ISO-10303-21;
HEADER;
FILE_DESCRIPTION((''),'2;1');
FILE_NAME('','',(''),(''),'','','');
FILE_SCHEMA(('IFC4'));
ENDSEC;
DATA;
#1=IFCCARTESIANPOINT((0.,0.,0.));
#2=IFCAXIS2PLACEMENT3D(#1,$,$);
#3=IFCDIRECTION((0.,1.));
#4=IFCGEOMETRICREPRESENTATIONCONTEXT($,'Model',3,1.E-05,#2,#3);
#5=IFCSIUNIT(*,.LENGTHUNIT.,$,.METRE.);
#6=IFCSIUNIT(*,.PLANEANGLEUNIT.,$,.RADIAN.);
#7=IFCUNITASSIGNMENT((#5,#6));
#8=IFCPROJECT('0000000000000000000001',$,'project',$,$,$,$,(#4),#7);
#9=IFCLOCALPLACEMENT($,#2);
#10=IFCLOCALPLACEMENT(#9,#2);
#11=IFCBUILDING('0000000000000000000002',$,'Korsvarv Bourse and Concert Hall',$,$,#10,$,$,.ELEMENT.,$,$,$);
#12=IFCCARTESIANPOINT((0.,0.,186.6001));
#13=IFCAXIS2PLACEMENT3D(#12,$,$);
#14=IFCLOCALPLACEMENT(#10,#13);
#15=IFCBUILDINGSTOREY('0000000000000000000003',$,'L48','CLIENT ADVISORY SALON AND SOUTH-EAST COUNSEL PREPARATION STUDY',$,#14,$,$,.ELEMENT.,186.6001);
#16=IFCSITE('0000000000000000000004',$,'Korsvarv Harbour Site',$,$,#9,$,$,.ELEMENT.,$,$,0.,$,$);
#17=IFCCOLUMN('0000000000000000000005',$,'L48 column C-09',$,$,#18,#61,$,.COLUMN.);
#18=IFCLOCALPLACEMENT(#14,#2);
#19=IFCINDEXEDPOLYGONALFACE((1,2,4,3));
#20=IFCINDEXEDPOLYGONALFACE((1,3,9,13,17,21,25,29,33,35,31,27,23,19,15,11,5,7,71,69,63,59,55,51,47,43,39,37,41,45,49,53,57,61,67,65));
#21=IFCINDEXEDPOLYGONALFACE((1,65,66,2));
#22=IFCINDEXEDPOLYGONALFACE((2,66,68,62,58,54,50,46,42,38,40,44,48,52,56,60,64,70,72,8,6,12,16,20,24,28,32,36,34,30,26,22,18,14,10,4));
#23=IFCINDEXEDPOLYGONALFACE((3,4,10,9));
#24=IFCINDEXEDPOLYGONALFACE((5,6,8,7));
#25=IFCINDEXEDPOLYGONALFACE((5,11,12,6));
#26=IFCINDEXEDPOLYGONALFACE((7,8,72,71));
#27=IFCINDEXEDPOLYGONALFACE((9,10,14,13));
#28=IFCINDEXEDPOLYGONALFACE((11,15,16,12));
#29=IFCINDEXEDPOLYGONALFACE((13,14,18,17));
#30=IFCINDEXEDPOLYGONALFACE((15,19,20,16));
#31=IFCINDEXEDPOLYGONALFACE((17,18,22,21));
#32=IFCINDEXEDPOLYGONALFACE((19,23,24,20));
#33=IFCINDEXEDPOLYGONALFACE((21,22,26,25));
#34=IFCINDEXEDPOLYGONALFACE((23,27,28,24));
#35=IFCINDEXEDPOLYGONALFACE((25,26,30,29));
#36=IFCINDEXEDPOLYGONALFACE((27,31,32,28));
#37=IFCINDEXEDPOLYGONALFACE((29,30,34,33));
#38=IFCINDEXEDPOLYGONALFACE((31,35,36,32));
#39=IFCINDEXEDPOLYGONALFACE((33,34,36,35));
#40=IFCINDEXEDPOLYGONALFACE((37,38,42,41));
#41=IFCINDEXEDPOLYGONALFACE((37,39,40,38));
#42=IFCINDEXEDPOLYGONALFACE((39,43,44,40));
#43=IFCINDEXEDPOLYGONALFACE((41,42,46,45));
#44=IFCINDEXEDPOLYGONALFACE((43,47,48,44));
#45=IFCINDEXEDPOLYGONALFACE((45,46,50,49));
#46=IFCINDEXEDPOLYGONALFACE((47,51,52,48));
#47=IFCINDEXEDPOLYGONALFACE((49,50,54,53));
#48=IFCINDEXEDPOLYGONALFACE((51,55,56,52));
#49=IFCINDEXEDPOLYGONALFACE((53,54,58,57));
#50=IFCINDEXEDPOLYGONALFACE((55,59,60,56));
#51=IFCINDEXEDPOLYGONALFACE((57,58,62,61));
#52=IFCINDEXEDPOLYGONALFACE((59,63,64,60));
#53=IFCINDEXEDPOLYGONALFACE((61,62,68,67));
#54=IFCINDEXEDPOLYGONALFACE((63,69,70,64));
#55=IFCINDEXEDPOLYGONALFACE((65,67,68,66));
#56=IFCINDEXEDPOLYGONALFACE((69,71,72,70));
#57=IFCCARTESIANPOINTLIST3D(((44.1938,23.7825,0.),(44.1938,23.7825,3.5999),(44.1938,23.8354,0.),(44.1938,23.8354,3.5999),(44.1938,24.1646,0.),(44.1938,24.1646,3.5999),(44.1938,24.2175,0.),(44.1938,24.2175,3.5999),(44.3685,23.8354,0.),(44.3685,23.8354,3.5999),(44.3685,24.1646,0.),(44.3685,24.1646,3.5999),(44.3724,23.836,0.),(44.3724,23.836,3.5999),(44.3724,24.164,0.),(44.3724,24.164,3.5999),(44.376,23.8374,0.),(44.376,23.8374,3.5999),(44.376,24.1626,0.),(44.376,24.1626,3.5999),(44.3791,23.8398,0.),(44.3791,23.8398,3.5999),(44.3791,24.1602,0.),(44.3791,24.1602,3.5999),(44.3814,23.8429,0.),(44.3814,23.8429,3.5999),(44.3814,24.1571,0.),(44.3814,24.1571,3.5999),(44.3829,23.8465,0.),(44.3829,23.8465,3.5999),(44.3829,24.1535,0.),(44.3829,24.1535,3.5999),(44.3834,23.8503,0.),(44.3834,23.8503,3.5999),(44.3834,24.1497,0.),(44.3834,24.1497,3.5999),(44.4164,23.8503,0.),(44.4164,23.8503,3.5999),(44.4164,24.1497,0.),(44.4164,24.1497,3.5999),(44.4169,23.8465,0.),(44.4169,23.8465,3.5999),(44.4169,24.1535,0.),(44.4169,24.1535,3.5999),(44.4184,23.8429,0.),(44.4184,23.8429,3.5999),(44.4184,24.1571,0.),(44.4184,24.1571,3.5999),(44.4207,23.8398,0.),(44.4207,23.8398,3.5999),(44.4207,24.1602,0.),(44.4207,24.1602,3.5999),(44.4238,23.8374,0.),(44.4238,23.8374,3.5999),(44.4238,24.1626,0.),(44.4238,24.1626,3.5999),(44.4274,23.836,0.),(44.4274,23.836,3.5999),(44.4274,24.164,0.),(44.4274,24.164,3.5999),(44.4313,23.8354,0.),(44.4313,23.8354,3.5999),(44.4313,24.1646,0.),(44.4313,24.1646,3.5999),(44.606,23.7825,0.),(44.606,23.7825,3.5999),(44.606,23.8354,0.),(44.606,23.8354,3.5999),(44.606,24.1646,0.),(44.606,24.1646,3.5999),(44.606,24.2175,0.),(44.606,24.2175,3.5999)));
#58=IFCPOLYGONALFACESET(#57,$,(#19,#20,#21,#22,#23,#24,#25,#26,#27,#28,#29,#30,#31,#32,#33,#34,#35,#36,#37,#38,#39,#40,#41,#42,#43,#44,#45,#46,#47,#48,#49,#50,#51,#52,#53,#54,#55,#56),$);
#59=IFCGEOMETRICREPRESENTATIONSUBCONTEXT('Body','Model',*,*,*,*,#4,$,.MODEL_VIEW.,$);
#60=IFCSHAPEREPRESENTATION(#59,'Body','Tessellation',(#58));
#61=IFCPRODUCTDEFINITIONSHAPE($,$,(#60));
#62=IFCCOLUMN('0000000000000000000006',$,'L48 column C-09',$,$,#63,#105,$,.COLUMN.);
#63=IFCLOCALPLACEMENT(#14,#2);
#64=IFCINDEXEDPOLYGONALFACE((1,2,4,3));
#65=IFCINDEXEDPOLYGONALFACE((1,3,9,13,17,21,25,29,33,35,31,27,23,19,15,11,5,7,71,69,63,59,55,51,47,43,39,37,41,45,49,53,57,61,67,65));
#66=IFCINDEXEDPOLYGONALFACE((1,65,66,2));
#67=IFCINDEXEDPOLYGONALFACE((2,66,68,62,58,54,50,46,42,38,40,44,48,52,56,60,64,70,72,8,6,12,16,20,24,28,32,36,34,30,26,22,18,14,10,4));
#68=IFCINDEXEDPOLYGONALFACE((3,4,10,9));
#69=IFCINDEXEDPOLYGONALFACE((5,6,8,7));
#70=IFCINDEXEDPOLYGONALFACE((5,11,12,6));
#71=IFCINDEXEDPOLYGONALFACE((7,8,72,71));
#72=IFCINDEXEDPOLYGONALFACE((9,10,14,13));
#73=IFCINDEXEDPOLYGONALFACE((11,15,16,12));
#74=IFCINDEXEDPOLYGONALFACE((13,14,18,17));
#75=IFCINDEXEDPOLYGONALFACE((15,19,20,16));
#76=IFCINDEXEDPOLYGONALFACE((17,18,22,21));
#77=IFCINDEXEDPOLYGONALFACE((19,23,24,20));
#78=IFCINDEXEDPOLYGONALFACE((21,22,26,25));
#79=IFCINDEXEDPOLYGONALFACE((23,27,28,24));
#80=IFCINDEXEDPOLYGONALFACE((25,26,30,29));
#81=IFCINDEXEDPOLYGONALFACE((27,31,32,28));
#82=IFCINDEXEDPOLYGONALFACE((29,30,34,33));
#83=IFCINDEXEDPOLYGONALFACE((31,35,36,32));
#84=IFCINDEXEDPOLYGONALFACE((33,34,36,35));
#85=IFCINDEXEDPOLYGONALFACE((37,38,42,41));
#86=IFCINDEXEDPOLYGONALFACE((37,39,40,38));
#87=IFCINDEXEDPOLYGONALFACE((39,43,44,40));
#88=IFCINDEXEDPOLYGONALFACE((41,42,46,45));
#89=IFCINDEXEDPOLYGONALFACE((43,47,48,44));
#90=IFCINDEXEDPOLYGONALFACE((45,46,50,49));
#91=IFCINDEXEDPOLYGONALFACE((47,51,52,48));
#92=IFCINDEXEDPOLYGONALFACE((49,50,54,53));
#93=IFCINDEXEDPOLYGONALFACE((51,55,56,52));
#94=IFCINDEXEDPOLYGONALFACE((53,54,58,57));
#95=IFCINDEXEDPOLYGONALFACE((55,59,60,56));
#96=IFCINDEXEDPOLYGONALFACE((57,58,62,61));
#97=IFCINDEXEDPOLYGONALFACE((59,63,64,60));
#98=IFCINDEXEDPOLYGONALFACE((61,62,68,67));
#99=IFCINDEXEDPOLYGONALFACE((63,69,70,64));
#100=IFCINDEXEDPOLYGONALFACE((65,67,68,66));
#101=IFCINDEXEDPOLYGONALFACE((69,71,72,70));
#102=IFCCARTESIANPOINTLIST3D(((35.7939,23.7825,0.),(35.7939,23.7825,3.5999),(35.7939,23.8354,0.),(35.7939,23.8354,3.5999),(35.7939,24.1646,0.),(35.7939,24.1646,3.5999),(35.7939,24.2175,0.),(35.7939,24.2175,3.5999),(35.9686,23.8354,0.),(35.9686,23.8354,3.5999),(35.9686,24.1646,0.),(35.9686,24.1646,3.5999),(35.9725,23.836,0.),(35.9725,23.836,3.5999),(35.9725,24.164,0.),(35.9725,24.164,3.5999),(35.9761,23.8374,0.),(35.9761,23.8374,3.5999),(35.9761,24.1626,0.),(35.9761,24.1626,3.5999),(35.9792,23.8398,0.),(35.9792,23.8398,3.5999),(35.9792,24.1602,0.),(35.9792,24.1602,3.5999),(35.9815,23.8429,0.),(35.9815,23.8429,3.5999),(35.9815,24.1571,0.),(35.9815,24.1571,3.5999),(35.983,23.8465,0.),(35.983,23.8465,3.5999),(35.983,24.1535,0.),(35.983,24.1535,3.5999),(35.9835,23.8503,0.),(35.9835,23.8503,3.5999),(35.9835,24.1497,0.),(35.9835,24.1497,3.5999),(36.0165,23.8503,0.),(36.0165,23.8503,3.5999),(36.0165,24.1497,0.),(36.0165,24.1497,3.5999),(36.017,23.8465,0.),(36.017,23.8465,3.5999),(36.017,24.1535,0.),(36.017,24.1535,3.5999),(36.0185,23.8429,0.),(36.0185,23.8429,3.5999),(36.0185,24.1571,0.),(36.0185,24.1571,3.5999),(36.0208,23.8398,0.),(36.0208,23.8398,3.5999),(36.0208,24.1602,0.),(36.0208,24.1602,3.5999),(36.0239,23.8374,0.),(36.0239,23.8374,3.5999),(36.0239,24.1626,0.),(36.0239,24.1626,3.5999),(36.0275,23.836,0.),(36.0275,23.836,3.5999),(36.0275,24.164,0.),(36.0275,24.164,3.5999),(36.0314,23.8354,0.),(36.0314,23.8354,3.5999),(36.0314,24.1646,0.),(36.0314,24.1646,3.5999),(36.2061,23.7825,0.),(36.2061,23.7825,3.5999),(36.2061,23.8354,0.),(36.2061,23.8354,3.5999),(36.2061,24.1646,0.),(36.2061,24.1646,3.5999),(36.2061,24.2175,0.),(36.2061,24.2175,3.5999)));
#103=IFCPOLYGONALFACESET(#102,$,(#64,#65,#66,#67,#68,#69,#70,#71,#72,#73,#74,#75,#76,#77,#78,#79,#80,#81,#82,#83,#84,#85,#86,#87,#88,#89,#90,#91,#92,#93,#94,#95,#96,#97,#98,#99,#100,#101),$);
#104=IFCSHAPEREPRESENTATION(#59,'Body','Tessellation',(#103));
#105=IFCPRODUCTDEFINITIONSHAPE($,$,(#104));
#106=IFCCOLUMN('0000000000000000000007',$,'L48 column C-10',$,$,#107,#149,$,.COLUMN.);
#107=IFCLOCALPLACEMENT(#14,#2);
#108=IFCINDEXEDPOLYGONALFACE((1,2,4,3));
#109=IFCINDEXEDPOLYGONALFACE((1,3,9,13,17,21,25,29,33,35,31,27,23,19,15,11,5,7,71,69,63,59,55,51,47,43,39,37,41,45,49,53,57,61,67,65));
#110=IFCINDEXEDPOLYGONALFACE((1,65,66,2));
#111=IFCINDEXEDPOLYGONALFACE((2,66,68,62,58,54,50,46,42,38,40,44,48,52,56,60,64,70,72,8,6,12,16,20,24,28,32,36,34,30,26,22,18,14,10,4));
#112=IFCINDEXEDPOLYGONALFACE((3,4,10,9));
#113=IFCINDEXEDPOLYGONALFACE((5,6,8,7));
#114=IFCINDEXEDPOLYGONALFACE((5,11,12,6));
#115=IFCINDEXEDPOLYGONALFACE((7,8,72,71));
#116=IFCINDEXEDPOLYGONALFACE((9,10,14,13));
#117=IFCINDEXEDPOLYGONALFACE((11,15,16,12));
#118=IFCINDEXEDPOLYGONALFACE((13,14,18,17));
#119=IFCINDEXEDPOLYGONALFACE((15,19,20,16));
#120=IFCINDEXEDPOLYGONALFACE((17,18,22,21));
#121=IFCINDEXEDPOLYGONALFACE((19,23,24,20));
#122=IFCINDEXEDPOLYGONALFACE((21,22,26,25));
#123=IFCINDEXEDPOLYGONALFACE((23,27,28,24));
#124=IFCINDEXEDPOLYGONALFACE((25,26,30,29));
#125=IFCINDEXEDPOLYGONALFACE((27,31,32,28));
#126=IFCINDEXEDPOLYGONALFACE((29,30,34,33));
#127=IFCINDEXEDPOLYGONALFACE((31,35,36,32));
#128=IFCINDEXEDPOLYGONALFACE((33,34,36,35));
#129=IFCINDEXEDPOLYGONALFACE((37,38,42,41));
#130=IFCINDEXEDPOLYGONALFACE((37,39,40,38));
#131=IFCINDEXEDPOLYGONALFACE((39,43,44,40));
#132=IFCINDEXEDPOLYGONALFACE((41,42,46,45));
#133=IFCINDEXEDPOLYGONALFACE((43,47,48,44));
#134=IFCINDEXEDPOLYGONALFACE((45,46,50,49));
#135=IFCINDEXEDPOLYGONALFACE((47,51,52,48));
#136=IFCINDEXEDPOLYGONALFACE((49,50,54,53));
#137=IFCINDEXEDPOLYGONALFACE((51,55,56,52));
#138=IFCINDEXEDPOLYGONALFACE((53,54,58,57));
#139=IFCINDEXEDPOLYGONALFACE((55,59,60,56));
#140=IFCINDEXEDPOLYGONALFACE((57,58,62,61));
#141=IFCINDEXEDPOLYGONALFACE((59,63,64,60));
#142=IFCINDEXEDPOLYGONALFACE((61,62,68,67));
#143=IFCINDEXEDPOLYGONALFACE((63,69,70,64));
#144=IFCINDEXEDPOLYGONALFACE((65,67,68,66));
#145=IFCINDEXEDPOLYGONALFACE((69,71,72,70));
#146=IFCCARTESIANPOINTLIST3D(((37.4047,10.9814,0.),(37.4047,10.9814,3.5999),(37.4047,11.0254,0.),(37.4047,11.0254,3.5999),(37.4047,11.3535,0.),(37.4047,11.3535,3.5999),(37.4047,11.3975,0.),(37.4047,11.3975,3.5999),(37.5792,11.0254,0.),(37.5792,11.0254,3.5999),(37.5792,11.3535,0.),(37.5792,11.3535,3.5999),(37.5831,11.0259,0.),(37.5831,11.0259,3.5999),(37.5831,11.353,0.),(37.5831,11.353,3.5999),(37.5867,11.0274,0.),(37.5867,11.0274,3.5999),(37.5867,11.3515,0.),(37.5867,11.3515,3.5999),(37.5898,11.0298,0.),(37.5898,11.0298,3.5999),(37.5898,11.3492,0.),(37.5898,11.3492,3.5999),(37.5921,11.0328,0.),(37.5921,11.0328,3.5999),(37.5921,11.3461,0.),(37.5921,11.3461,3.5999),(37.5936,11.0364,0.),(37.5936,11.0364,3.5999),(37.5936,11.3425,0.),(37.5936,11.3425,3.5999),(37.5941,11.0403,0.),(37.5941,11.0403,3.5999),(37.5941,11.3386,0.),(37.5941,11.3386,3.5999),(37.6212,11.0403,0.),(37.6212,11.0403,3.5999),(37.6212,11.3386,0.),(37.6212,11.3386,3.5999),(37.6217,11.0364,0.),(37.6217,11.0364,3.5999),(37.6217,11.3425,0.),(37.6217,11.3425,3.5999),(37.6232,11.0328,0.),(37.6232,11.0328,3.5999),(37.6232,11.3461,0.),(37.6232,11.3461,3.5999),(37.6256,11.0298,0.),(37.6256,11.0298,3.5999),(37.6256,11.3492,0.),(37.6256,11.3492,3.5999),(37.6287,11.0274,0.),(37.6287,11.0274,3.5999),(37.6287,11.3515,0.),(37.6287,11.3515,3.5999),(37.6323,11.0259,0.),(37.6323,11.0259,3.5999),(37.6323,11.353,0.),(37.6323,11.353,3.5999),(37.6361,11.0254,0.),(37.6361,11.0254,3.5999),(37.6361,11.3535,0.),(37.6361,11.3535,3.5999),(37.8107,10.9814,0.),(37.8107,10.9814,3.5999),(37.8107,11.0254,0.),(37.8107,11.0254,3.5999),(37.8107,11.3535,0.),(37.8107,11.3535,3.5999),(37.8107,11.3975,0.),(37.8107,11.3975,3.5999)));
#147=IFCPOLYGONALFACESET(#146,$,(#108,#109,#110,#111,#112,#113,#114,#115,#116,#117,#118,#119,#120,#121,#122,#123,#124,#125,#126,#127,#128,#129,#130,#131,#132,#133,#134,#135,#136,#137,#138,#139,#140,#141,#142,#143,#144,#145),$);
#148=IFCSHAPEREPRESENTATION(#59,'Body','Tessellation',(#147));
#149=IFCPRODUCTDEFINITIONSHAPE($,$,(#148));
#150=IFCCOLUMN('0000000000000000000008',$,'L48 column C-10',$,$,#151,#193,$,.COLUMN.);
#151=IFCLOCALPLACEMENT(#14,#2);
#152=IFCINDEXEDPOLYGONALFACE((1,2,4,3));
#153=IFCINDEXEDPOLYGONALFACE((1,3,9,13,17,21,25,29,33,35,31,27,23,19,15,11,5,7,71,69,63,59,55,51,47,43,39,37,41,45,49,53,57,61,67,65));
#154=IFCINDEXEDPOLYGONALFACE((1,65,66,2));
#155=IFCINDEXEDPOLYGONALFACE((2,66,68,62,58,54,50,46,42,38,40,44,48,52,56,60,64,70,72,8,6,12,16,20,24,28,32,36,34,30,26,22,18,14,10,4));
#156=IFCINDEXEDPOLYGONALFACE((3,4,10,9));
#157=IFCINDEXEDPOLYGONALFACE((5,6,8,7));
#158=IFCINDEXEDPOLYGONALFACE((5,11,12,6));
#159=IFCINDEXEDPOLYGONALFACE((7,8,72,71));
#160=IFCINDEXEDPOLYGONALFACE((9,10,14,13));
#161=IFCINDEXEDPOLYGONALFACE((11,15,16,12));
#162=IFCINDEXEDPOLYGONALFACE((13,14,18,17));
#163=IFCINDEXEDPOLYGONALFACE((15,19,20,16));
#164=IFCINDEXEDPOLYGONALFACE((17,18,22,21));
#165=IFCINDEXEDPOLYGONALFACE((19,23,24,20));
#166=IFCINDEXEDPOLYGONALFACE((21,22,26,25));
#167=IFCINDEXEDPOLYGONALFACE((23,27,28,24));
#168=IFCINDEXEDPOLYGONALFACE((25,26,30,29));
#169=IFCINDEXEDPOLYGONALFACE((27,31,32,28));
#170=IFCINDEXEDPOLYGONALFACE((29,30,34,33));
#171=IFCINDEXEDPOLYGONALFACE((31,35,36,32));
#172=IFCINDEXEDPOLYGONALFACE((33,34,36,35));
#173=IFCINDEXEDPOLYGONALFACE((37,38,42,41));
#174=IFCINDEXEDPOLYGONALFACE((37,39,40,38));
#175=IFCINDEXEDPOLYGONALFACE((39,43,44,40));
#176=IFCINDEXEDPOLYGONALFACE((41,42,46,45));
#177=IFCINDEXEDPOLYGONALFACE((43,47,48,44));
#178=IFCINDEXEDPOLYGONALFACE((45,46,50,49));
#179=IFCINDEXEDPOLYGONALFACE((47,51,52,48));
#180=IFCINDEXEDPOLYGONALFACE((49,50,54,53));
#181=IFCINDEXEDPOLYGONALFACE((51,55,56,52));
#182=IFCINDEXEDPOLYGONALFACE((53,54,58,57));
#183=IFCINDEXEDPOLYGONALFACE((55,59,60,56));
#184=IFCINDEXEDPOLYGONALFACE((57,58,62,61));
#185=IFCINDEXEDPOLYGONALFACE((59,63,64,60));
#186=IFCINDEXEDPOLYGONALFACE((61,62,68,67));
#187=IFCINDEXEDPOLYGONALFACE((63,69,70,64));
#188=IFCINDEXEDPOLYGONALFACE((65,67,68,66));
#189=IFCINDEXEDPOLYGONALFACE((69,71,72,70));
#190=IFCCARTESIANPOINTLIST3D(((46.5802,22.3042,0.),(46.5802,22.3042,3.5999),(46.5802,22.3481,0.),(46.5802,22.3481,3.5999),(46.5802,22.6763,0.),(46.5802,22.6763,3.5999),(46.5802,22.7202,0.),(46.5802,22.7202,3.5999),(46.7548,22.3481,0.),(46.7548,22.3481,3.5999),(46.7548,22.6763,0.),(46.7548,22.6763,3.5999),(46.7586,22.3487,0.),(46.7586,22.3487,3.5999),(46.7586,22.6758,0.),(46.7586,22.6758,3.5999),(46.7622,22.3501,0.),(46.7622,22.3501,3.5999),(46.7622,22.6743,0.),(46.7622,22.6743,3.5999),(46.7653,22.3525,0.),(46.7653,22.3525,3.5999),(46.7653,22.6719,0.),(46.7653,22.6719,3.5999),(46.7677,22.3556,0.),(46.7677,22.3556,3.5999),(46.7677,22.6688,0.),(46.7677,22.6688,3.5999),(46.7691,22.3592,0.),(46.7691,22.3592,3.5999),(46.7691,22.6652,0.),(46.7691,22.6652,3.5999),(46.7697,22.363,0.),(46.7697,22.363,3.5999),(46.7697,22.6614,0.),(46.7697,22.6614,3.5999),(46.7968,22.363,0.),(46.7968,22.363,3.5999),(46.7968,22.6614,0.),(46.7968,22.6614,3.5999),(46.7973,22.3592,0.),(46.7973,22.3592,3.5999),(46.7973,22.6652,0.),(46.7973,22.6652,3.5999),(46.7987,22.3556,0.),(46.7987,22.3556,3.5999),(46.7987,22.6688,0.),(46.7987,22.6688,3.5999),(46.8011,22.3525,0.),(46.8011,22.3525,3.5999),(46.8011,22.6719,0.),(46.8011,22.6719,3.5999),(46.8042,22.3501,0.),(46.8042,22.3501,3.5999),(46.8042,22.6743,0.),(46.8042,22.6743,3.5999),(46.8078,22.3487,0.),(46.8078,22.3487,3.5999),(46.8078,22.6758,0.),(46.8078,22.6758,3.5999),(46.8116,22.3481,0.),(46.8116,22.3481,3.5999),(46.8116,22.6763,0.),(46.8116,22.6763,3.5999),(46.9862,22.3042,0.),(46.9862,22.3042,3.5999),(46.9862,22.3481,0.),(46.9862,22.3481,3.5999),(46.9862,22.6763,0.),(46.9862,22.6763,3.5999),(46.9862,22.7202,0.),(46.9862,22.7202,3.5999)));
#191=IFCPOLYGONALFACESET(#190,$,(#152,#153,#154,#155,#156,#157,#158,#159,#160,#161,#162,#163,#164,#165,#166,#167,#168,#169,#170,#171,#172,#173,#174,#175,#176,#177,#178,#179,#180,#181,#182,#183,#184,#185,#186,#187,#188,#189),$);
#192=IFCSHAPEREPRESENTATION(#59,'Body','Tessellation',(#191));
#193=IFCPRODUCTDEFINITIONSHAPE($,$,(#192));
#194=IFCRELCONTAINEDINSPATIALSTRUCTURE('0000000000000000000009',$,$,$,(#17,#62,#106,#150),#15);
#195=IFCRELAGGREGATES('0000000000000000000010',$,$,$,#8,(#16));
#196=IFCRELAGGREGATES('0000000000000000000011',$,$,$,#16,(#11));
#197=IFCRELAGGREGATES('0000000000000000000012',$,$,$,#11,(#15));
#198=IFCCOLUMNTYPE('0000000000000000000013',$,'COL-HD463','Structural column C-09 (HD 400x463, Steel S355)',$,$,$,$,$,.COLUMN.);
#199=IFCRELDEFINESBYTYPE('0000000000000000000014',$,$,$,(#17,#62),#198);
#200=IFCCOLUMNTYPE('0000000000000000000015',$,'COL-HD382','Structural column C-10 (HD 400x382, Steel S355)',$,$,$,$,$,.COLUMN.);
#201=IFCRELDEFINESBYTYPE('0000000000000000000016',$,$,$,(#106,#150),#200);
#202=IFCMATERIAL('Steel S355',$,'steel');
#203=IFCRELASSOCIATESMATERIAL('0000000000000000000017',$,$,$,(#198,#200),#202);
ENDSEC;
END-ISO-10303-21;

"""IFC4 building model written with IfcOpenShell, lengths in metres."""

from ifc_helpers import new_model, si_unit, direction, frame, origin, origin_2d, place, context, subcontext, project, spatial, i_section, extrude, source, transform, mapped, material, material_profile, profile_set, type_object, element, save


model = new_model("IFC4")

# Units and contexts
model_context = context("Model", 3, precision=1e-05, world=origin(), true_north=direction((0.0, 1.0)))
body_context = subcontext(model_context, "Body", "Model", "MODEL_VIEW")
ifc_project = project(units=[si_unit("LENGTHUNIT", "METRE"), si_unit("PLANEANGLEUNIT", "RADIAN")], contexts=[model_context])

# Site, building, storey
site_placement = place(None, origin())
site = spatial("IfcSite", under=ifc_project, at=site_placement, Name="Korsvarv Harbour Site", CompositionType="ELEMENT", RefElevation=0.0)
building_placement = place(site_placement, origin())
building = spatial("IfcBuilding", under=site, at=building_placement, Name="Korsvarv Bourse and Concert Hall", CompositionType="ELEMENT")
storey_placement = place(building_placement, frame((0.0, 0.0, 186.6001)))
storey = spatial("IfcBuildingStorey", under=building, at=storey_placement, Name="L48", Description="CLIENT ADVISORY SALON AND SOUTH-EAST COUNSEL PREPARATION STUDY", CompositionType="ELEMENT", Elevation=186.6001)

# Columns
ifc_material_1 = material(Name="Steel S355", Category="steel")
ifc_material_profile_1 = material_profile(ifc_material_1, i_section(OverallWidth=0.4121, OverallDepth=0.4351, WebThickness=0.033, FlangeThickness=0.053, FilletRadius=0.0149, at=origin_2d()), Name="HD 400x463")
ifc_profile_set_1 = profile_set([ifc_material_profile_1], Name="Steel S355")
column_type_1 = type_object("IfcColumnType", Name="COL-HD463", Description="Structural column C-09 (HD 400x463, Steel S355)", PredefinedType="COLUMN", material=ifc_profile_set_1)
shared_shape_1 = source(origin(), body_context, "Body", "SweptSolid", [
    extrude(i_section(OverallWidth=0.4121, OverallDepth=0.4351, WebThickness=0.033, FlangeThickness=0.053, FilletRadius=0.0149, at=origin_2d()), origin(), (0.0, 0.0, 1.0), 3.5999),
])
for number, where, z_axis, x_axis, name in (
    (1, (44.3999, 24.0, 0.0), (0.0, 0.0, 1.0), (1.0, 0.0, 0.0), "L48 column C-09"),
    (2, (36.0, 24.0, 0.0), (0.0, 0.0, 1.0), (1.0, 0.0, 0.0), "L48 column C-09"),
):
    element("IfcColumn", number, at=place(storey_placement, frame(where, z_axis=z_axis, x_axis=x_axis)), inside=storey, type_object=column_type_1, Name=name, PredefinedType="COLUMN", context=body_context, shape_type="MappedRepresentation", body=[
        mapped(shared_shape_1, transform((0.0, 0.0, 0.0), scale=1.0)),
    ])
ifc_material_profile_2 = material_profile(ifc_material_1, i_section(OverallWidth=0.406, OverallDepth=0.416, WebThickness=0.0271, FlangeThickness=0.0439, FilletRadius=0.0149, at=origin_2d()), Name="HD 400x382")
ifc_profile_set_2 = profile_set([ifc_material_profile_2], Name="Steel S355")
column_type_2 = type_object("IfcColumnType", Name="COL-HD382", Description="Structural column C-10 (HD 400x382, Steel S355)", PredefinedType="COLUMN", material=ifc_profile_set_2)
shared_shape_2 = source(origin(), body_context, "Body", "SweptSolid", [
    extrude(i_section(OverallWidth=0.406, OverallDepth=0.416, WebThickness=0.0271, FlangeThickness=0.0439, FilletRadius=0.0149, at=origin_2d()), origin(), (0.0, 0.0, 1.0), 3.5999),
])
for number, where, z_axis, x_axis, name in (
    (3, (37.6077, 11.1895, 0.0), (0.0, 0.0, 1.0), (1.0, 0.0, 0.0), "L48 column C-10"),
    (4, (46.7832, 22.5122, 0.0), (0.0, 0.0, 1.0), (1.0, 0.0, 0.0), "L48 column C-10"),
):
    element("IfcColumn", number, at=place(storey_placement, frame(where, z_axis=z_axis, x_axis=x_axis)), inside=storey, type_object=column_type_2, Name=name, PredefinedType="COLUMN", context=body_context, shape_type="MappedRepresentation", body=[
        mapped(shared_shape_2, transform((0.0, 0.0, 0.0), scale=1.0)),
    ])

save(model, "model.ifc")
